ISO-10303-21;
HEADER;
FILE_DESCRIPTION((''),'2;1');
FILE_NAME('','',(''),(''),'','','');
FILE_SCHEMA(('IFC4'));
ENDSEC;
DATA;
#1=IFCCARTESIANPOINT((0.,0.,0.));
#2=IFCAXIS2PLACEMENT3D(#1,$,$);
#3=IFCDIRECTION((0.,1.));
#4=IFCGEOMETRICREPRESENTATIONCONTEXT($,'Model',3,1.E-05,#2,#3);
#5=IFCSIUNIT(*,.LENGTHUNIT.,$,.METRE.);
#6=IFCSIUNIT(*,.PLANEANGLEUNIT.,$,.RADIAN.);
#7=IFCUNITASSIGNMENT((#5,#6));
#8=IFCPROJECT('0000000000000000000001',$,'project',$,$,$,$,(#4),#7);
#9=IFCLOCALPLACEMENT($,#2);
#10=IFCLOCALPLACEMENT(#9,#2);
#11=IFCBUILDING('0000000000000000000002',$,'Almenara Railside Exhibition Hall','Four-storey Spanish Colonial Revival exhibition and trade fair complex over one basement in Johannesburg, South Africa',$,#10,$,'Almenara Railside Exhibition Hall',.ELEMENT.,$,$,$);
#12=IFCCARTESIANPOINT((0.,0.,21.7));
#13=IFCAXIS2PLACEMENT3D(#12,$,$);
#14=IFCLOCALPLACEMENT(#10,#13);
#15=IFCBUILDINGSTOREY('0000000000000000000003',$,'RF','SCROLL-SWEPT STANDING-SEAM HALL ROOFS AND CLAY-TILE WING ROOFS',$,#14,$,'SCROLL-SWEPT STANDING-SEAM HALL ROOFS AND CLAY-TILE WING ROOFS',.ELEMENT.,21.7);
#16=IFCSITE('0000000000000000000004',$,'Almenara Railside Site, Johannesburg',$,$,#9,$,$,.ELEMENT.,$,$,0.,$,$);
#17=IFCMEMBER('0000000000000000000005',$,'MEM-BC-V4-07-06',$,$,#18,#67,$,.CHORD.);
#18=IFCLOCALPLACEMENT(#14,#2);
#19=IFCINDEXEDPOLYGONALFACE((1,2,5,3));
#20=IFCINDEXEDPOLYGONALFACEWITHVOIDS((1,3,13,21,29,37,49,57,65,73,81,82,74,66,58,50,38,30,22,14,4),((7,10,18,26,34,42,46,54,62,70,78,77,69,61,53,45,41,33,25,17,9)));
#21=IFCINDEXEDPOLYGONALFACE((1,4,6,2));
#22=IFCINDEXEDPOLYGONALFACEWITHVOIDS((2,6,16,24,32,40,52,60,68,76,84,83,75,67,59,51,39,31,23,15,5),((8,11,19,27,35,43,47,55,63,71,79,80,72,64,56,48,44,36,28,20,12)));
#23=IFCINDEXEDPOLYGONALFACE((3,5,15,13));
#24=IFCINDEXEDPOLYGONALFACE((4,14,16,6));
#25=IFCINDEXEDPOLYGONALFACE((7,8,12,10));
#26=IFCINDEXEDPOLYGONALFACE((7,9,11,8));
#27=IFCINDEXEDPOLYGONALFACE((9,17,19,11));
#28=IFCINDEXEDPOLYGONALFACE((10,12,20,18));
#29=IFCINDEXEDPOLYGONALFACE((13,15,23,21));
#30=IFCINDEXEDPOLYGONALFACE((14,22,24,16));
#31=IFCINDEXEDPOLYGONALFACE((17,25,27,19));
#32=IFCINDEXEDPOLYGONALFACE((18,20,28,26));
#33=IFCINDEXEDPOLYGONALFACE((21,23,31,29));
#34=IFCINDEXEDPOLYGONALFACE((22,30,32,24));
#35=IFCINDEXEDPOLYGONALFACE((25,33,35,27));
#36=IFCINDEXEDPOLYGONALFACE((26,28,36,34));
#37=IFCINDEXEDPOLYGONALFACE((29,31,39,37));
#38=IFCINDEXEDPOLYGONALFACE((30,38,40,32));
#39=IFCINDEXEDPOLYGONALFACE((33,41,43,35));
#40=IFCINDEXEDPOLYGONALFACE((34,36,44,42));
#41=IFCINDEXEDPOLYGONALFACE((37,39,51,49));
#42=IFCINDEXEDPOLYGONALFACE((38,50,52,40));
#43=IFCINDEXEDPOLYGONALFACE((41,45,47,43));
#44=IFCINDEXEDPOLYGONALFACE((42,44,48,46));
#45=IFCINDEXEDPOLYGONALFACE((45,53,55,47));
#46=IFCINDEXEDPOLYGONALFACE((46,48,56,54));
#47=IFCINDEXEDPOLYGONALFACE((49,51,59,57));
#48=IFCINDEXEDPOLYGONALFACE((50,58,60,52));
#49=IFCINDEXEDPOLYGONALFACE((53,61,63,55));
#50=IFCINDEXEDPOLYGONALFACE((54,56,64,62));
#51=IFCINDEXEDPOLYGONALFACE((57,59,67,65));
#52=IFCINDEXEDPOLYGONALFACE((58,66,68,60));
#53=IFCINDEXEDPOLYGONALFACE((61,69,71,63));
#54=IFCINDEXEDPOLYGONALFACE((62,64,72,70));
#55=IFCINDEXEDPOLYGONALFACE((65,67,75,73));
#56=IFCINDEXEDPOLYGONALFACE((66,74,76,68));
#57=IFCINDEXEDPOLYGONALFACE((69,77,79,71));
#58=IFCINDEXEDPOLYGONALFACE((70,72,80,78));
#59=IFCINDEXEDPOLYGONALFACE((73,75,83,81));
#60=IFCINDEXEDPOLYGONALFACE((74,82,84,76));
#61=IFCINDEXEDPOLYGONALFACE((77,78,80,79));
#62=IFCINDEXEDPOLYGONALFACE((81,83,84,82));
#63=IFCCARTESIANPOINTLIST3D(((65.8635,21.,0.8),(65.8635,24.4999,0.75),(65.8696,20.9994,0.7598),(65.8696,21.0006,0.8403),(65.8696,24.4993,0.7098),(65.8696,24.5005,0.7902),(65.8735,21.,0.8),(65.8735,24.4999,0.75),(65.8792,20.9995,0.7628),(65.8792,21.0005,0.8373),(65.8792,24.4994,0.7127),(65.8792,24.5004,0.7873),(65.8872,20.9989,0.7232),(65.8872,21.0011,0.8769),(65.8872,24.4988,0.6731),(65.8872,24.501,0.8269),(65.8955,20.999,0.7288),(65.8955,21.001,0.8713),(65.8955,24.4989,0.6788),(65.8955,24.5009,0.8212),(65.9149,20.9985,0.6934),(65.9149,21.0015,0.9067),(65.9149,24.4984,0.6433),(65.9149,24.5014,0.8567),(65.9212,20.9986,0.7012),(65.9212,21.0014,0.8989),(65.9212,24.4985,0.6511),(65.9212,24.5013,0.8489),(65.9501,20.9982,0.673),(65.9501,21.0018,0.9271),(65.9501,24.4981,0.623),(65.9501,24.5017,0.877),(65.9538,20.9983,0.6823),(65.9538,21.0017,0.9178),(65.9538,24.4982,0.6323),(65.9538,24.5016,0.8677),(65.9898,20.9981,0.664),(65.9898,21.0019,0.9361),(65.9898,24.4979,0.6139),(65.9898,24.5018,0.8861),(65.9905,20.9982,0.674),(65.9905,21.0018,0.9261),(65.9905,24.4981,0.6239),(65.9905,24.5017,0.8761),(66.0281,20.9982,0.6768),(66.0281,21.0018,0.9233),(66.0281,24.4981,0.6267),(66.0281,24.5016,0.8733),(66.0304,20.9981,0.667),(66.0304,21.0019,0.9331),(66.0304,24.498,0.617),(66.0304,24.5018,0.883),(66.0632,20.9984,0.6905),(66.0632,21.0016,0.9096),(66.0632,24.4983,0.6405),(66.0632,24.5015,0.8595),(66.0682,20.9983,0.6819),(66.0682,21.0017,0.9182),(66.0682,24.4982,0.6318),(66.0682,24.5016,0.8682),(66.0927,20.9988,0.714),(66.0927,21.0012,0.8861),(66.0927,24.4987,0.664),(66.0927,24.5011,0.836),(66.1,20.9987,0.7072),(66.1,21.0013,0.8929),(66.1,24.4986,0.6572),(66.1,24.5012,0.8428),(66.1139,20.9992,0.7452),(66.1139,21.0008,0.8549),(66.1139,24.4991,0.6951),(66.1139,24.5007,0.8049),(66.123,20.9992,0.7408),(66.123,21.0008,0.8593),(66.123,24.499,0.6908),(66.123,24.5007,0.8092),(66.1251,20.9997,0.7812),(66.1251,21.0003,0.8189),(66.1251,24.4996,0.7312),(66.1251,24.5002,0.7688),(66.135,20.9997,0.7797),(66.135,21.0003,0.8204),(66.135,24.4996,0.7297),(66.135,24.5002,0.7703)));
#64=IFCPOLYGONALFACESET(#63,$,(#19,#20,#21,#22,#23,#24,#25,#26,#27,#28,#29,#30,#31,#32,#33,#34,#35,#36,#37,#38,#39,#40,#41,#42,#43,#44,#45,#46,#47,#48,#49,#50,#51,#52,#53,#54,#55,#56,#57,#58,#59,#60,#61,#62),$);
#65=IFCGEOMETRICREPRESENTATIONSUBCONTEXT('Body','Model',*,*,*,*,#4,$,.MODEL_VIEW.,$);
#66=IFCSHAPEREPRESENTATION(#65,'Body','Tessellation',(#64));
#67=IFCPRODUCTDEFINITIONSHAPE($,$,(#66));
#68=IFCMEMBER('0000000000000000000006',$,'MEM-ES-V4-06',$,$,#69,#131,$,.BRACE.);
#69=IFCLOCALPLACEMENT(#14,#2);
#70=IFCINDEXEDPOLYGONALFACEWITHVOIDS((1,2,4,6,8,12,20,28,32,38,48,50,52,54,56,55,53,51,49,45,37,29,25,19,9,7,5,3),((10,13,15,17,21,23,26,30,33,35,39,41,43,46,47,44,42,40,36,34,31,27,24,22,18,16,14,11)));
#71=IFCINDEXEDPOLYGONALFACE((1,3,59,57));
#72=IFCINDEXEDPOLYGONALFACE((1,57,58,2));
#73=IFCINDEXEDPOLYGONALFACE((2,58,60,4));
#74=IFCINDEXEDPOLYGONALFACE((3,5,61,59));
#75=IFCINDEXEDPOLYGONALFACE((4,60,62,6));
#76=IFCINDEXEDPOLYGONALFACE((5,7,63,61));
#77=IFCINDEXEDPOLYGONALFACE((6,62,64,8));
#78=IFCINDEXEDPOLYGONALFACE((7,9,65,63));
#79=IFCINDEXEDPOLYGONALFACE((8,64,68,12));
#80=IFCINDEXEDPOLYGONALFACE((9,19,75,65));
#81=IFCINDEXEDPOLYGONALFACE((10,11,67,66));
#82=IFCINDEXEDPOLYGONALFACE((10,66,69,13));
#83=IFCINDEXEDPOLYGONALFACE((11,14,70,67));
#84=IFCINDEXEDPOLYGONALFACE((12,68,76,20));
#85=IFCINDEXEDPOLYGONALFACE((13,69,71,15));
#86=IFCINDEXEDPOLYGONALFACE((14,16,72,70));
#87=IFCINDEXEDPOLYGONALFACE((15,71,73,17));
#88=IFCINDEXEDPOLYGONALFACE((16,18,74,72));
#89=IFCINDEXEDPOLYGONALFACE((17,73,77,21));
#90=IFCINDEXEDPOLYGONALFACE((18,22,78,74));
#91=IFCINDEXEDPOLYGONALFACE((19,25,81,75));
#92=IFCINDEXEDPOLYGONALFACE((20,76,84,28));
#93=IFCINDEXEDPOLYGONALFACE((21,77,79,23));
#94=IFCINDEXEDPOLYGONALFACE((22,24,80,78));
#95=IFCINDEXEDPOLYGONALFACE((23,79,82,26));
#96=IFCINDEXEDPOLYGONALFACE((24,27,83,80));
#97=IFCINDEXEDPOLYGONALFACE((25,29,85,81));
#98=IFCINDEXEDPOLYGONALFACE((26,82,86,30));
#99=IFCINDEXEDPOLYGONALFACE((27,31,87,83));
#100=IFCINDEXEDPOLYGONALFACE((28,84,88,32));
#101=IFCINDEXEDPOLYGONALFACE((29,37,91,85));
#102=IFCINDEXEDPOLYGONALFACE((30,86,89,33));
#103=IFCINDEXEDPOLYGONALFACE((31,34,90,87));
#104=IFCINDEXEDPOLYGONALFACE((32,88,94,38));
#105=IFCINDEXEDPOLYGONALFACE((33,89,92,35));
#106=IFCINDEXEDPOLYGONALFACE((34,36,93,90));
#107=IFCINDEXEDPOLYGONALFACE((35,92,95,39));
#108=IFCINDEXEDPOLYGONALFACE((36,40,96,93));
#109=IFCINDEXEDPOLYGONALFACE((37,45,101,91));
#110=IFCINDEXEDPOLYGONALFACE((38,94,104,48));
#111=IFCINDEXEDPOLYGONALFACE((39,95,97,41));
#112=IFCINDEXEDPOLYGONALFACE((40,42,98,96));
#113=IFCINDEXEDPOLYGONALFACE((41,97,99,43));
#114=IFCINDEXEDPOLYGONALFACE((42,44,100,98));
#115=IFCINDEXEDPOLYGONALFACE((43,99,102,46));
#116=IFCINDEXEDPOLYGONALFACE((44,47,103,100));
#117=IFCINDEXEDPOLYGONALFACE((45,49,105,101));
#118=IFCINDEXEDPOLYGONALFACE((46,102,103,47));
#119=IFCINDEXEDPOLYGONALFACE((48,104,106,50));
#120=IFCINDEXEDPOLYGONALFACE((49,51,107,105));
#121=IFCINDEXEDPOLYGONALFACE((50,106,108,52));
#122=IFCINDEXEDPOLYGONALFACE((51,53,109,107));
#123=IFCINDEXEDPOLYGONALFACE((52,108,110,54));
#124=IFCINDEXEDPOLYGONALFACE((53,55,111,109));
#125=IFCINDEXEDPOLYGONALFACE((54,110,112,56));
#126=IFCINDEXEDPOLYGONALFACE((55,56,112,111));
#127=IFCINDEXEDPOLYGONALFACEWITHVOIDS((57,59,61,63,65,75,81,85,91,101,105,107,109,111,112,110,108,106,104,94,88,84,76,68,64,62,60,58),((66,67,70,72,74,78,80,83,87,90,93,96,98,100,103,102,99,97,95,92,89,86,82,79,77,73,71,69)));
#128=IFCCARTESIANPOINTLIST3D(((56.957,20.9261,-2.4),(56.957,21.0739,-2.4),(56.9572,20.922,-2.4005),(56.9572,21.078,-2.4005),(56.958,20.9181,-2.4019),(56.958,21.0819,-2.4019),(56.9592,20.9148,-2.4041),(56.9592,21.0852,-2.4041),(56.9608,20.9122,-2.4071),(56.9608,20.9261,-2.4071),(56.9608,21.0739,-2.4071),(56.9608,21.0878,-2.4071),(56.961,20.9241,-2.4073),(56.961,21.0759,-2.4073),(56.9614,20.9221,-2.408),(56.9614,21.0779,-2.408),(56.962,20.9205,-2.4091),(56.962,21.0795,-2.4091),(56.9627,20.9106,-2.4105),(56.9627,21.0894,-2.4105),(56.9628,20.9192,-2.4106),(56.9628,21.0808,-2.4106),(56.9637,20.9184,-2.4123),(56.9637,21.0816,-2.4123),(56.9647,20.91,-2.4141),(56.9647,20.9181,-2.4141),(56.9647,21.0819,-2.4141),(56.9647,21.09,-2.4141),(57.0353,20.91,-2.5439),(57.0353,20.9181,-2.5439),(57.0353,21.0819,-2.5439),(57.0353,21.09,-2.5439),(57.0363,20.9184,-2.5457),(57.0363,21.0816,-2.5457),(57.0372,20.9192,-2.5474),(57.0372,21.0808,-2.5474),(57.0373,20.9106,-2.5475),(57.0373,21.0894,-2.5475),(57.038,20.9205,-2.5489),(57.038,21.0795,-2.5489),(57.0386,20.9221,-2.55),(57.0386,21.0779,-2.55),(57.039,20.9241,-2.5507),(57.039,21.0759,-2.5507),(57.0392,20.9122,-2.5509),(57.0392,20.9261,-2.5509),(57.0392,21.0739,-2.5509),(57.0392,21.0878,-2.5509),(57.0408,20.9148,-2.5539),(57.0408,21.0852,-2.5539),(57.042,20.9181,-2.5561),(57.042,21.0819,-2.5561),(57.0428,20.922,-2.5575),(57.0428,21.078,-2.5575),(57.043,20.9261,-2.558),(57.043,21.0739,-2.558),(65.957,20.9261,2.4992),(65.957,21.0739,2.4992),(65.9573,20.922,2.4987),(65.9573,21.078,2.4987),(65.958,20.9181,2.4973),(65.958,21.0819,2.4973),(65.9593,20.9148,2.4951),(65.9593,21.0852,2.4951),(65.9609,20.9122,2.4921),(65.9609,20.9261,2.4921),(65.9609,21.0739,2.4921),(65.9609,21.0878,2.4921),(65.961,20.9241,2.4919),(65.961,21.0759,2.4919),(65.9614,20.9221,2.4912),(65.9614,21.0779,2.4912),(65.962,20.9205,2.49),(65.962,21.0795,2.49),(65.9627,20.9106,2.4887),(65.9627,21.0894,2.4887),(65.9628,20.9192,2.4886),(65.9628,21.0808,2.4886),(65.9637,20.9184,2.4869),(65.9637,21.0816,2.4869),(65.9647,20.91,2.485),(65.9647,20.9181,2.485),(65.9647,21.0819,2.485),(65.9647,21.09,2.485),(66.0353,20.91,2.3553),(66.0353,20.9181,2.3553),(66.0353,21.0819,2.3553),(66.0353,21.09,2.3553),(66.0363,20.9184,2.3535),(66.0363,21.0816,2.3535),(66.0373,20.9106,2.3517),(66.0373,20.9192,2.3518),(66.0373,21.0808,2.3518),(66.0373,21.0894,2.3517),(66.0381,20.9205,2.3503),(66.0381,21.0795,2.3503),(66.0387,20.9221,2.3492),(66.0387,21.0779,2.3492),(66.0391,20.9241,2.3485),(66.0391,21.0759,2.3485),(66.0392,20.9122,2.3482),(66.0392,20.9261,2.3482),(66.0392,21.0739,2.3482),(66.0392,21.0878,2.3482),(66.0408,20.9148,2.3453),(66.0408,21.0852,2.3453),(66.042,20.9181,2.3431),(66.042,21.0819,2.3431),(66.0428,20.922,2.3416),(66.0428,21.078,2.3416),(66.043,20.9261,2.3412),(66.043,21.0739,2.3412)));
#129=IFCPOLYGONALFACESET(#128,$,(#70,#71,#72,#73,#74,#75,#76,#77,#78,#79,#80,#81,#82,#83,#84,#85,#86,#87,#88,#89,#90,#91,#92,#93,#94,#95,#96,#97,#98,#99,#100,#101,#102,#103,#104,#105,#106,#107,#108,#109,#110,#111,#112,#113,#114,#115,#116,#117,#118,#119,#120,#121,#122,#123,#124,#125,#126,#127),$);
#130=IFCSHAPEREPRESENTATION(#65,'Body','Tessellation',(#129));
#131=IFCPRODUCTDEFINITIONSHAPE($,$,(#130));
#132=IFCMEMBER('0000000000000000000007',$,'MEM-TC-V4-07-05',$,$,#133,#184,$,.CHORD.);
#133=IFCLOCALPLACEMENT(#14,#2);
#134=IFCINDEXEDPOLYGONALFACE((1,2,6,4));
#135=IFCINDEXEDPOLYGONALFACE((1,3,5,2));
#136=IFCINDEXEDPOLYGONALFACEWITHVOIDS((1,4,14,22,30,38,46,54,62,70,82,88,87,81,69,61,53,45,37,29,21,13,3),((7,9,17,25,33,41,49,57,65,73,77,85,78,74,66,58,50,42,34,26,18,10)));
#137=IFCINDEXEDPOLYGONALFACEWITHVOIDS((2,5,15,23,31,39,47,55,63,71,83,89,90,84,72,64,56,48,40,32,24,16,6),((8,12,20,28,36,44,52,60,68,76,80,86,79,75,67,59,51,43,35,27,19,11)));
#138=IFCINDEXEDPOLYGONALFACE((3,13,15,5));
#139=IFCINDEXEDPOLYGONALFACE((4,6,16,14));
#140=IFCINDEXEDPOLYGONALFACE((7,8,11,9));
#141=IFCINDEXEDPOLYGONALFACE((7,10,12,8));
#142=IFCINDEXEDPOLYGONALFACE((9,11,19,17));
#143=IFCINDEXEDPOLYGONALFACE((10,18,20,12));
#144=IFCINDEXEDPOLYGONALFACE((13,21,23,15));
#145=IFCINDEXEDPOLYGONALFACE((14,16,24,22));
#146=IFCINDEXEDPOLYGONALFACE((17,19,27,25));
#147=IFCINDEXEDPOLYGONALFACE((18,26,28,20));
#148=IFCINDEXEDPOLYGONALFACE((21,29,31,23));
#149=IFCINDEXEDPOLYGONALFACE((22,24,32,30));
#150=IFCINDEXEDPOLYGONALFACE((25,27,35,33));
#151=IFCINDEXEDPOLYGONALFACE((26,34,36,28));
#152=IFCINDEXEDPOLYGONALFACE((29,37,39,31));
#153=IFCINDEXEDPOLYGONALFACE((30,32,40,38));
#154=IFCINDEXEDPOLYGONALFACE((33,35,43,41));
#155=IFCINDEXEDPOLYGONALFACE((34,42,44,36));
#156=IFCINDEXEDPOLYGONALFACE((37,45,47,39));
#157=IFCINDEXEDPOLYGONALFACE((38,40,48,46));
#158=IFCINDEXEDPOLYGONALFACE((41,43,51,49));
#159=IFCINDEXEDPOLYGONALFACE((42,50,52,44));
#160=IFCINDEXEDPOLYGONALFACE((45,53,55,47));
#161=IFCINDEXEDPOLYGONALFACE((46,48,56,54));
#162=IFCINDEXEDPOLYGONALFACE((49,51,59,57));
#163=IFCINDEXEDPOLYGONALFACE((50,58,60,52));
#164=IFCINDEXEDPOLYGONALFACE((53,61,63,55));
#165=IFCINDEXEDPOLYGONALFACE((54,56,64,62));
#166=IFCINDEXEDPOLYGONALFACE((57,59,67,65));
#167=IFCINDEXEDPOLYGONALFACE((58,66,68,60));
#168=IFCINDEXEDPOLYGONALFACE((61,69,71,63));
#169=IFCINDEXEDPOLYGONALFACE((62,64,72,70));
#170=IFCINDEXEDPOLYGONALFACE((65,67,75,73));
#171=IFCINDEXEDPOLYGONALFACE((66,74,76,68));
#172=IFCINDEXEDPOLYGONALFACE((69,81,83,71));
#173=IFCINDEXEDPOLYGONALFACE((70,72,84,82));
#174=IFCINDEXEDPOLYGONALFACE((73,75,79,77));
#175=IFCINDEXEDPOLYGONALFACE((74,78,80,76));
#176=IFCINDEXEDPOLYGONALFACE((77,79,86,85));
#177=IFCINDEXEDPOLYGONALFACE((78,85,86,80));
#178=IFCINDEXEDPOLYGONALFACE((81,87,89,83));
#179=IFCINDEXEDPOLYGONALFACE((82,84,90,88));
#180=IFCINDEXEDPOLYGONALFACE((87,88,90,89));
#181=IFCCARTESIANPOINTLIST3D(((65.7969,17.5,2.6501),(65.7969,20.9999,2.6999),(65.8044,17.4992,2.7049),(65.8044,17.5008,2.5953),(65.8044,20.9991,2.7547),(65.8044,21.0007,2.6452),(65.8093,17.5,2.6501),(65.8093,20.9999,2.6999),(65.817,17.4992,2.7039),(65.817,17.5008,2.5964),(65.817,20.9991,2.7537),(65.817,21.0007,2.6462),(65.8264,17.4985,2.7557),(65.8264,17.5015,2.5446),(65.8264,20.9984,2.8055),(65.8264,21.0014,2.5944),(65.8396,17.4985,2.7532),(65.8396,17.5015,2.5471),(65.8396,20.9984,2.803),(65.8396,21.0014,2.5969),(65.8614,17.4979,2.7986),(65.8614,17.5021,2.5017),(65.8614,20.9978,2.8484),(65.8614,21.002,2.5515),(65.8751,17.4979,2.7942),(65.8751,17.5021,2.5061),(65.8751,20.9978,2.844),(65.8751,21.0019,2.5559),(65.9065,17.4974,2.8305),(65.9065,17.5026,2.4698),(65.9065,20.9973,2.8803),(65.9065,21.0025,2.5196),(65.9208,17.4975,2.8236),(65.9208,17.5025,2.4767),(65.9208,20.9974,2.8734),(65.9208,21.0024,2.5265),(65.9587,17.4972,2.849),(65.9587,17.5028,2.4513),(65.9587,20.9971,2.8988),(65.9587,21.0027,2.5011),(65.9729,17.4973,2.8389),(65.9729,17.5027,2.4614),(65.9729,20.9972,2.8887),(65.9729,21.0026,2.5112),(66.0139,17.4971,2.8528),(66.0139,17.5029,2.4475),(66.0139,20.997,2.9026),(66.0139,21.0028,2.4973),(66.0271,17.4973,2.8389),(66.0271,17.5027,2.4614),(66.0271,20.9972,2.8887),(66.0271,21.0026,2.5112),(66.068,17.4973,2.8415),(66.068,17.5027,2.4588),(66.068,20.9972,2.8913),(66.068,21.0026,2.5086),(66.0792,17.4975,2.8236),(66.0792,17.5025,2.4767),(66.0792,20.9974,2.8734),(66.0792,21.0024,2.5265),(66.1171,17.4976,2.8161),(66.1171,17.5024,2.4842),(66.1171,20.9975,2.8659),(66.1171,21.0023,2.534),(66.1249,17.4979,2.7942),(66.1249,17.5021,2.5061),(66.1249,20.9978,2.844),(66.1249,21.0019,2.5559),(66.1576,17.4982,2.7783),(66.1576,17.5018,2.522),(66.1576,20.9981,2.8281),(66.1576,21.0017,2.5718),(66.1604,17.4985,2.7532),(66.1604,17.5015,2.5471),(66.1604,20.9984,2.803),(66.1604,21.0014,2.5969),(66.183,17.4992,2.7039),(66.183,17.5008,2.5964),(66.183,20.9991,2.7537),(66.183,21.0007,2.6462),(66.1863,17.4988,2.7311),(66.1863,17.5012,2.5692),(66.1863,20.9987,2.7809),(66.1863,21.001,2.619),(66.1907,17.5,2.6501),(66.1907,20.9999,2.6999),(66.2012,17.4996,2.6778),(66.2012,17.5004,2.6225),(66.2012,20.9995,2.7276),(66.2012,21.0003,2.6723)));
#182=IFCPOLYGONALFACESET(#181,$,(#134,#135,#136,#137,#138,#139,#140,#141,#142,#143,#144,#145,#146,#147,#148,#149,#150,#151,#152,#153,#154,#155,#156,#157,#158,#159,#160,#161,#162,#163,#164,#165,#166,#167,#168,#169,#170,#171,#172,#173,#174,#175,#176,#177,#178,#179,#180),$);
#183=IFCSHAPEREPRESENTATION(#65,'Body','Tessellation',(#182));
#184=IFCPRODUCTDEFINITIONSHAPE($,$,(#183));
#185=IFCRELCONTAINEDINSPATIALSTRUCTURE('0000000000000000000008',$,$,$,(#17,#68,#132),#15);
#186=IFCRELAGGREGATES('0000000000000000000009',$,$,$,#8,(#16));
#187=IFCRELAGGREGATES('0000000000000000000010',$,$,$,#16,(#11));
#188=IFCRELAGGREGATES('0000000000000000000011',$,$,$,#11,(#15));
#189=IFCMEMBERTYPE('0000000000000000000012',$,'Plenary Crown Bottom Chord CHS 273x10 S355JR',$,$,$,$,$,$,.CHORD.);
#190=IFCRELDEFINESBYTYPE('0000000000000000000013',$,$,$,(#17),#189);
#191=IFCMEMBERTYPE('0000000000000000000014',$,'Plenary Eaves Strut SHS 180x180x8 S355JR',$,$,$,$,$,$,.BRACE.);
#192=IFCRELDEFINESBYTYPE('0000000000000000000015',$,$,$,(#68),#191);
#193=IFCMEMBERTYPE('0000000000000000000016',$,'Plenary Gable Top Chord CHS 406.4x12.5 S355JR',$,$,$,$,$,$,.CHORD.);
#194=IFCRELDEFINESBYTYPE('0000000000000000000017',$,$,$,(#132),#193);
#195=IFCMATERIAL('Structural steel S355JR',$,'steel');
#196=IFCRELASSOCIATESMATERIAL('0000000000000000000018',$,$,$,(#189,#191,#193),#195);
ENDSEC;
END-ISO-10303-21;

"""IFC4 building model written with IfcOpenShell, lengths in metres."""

from ifc_helpers import new_model, si_unit, direction, frame, origin, origin_2d, place, context, subcontext, project, spatial, hollow_rectangle, hollow_circle, extrude, material, material_profile, profile_set, type_object, element, save


model = new_model("IFC4")

# Units and contexts
model_context = context("Model", 3, precision=1e-05, world=origin(), true_north=direction((0.0, 1.0)))
body_context = subcontext(model_context, "Body", "Model", "MODEL_VIEW")
ifc_project = project(units=[si_unit("LENGTHUNIT", "METRE"), si_unit("PLANEANGLEUNIT", "RADIAN")], contexts=[model_context])

# Site, building, storey
site_placement = place(None, origin())
site = spatial("IfcSite", under=ifc_project, at=site_placement, Name="Almenara Railside Site, Johannesburg", CompositionType="ELEMENT", RefElevation=0.0)
building_placement = place(site_placement, origin())
building = spatial("IfcBuilding", under=site, at=building_placement, Name="Almenara Railside Exhibition Hall", Description="Four-storey Spanish Colonial Revival exhibition and trade fair complex over one basement in Johannesburg, South Africa", LongName="Almenara Railside Exhibition Hall", CompositionType="ELEMENT")
storey_placement = place(building_placement, frame((0.0, 0.0, 21.7)))
storey = spatial("IfcBuildingStorey", under=building, at=storey_placement, Name="RF", Description="SCROLL-SWEPT STANDING-SEAM HALL ROOFS AND CLAY-TILE WING ROOFS", LongName="SCROLL-SWEPT STANDING-SEAM HALL ROOFS AND CLAY-TILE WING ROOFS", CompositionType="ELEMENT", Elevation=21.7)

# Members
ifc_material_1 = material(Name="Structural steel S355JR", Category="steel")
ifc_material_profile_1 = material_profile(ifc_material_1, hollow_circle(Radius=0.1365, WallThickness=0.01, at=origin_2d()), Name="CHS 273x10")
ifc_profile_set_1 = profile_set([ifc_material_profile_1], Name="Structural steel S355JR")
member_type_1 = type_object("IfcMemberType", Name="Plenary Crown Bottom Chord CHS 273x10 S355JR", PredefinedType="CHORD", material=ifc_profile_set_1)
for number, where, z_axis, x_axis, name in (
    (1, (66.0, 21.0, 0.8), (0.0, 0.999898, -0.014298), (-1.0, 0.0, 0.0), "MEM-BC-V4-07-06"),
):
    element("IfcMember", number, at=place(storey_placement, frame(where, z_axis=z_axis, x_axis=x_axis)), inside=storey, type_object=member_type_1, Name=name, PredefinedType="CHORD", context=body_context, shape_type="SweptSolid", body=[
        extrude(hollow_circle(Radius=0.1365, WallThickness=0.01, at=origin_2d()), origin(), (0.0, 0.0, 1.0), 3.5002),
    ])
ifc_material_profile_2 = material_profile(ifc_material_1, hollow_rectangle(XDim=0.1799, YDim=0.1799, WallThickness=0.0081, InnerFilletRadius=0.0081, OuterFilletRadius=0.0161, at=origin_2d()), Name="SHS 180x180x8")
ifc_profile_set_2 = profile_set([ifc_material_profile_2], Name="Structural steel S355JR")
member_type_2 = type_object("IfcMemberType", Name="Plenary Eaves Strut SHS 180x180x8 S355JR", PredefinedType="BRACE", material=ifc_profile_set_2)
member_1_placement = place(storey_placement, frame((57.0, 21.0, -2.479), z_axis=(0.878302, 0.0, 0.478106), x_axis=(0.0, 1.0, 0.0)))
element("IfcMember", 2, at=member_1_placement, inside=storey, type_object=member_type_2, Name="MEM-ES-V4-06", PredefinedType="BRACE", context=body_context, shape_type="SweptSolid", body=[
    extrude(hollow_rectangle(XDim=0.1799, YDim=0.1799, WallThickness=0.0081, InnerFilletRadius=0.0081, OuterFilletRadius=0.0161, at=origin_2d()), origin(), (0.0, 0.0, 1.0), 10.2471),
])
ifc_material_profile_3 = material_profile(ifc_material_1, hollow_circle(Radius=0.2031, WallThickness=0.0125, at=origin_2d()), Name="CHS 406.4x12.5")
ifc_profile_set_3 = profile_set([ifc_material_profile_3], Name="Structural steel S355JR")
member_type_3 = type_object("IfcMemberType", Name="Plenary Gable Top Chord CHS 406.4x12.5 S355JR", PredefinedType="CHORD", material=ifc_profile_set_3)
for number, where, z_axis, x_axis, name in (
    (3, (66.0, 17.5, 2.6501), (0.0, 0.999899, 0.014228), (-1.0, 0.0, 0.0), "MEM-TC-V4-07-05"),
):
    element("IfcMember", number, at=place(storey_placement, frame(where, z_axis=z_axis, x_axis=x_axis)), inside=storey, type_object=member_type_3, Name=name, PredefinedType="CHORD", context=body_context, shape_type="SweptSolid", body=[
        extrude(hollow_circle(Radius=0.2031, WallThickness=0.0125, at=origin_2d()), origin(), (0.0, 0.0, 1.0), 3.5002),
    ])

save(model, "model.ifc")
